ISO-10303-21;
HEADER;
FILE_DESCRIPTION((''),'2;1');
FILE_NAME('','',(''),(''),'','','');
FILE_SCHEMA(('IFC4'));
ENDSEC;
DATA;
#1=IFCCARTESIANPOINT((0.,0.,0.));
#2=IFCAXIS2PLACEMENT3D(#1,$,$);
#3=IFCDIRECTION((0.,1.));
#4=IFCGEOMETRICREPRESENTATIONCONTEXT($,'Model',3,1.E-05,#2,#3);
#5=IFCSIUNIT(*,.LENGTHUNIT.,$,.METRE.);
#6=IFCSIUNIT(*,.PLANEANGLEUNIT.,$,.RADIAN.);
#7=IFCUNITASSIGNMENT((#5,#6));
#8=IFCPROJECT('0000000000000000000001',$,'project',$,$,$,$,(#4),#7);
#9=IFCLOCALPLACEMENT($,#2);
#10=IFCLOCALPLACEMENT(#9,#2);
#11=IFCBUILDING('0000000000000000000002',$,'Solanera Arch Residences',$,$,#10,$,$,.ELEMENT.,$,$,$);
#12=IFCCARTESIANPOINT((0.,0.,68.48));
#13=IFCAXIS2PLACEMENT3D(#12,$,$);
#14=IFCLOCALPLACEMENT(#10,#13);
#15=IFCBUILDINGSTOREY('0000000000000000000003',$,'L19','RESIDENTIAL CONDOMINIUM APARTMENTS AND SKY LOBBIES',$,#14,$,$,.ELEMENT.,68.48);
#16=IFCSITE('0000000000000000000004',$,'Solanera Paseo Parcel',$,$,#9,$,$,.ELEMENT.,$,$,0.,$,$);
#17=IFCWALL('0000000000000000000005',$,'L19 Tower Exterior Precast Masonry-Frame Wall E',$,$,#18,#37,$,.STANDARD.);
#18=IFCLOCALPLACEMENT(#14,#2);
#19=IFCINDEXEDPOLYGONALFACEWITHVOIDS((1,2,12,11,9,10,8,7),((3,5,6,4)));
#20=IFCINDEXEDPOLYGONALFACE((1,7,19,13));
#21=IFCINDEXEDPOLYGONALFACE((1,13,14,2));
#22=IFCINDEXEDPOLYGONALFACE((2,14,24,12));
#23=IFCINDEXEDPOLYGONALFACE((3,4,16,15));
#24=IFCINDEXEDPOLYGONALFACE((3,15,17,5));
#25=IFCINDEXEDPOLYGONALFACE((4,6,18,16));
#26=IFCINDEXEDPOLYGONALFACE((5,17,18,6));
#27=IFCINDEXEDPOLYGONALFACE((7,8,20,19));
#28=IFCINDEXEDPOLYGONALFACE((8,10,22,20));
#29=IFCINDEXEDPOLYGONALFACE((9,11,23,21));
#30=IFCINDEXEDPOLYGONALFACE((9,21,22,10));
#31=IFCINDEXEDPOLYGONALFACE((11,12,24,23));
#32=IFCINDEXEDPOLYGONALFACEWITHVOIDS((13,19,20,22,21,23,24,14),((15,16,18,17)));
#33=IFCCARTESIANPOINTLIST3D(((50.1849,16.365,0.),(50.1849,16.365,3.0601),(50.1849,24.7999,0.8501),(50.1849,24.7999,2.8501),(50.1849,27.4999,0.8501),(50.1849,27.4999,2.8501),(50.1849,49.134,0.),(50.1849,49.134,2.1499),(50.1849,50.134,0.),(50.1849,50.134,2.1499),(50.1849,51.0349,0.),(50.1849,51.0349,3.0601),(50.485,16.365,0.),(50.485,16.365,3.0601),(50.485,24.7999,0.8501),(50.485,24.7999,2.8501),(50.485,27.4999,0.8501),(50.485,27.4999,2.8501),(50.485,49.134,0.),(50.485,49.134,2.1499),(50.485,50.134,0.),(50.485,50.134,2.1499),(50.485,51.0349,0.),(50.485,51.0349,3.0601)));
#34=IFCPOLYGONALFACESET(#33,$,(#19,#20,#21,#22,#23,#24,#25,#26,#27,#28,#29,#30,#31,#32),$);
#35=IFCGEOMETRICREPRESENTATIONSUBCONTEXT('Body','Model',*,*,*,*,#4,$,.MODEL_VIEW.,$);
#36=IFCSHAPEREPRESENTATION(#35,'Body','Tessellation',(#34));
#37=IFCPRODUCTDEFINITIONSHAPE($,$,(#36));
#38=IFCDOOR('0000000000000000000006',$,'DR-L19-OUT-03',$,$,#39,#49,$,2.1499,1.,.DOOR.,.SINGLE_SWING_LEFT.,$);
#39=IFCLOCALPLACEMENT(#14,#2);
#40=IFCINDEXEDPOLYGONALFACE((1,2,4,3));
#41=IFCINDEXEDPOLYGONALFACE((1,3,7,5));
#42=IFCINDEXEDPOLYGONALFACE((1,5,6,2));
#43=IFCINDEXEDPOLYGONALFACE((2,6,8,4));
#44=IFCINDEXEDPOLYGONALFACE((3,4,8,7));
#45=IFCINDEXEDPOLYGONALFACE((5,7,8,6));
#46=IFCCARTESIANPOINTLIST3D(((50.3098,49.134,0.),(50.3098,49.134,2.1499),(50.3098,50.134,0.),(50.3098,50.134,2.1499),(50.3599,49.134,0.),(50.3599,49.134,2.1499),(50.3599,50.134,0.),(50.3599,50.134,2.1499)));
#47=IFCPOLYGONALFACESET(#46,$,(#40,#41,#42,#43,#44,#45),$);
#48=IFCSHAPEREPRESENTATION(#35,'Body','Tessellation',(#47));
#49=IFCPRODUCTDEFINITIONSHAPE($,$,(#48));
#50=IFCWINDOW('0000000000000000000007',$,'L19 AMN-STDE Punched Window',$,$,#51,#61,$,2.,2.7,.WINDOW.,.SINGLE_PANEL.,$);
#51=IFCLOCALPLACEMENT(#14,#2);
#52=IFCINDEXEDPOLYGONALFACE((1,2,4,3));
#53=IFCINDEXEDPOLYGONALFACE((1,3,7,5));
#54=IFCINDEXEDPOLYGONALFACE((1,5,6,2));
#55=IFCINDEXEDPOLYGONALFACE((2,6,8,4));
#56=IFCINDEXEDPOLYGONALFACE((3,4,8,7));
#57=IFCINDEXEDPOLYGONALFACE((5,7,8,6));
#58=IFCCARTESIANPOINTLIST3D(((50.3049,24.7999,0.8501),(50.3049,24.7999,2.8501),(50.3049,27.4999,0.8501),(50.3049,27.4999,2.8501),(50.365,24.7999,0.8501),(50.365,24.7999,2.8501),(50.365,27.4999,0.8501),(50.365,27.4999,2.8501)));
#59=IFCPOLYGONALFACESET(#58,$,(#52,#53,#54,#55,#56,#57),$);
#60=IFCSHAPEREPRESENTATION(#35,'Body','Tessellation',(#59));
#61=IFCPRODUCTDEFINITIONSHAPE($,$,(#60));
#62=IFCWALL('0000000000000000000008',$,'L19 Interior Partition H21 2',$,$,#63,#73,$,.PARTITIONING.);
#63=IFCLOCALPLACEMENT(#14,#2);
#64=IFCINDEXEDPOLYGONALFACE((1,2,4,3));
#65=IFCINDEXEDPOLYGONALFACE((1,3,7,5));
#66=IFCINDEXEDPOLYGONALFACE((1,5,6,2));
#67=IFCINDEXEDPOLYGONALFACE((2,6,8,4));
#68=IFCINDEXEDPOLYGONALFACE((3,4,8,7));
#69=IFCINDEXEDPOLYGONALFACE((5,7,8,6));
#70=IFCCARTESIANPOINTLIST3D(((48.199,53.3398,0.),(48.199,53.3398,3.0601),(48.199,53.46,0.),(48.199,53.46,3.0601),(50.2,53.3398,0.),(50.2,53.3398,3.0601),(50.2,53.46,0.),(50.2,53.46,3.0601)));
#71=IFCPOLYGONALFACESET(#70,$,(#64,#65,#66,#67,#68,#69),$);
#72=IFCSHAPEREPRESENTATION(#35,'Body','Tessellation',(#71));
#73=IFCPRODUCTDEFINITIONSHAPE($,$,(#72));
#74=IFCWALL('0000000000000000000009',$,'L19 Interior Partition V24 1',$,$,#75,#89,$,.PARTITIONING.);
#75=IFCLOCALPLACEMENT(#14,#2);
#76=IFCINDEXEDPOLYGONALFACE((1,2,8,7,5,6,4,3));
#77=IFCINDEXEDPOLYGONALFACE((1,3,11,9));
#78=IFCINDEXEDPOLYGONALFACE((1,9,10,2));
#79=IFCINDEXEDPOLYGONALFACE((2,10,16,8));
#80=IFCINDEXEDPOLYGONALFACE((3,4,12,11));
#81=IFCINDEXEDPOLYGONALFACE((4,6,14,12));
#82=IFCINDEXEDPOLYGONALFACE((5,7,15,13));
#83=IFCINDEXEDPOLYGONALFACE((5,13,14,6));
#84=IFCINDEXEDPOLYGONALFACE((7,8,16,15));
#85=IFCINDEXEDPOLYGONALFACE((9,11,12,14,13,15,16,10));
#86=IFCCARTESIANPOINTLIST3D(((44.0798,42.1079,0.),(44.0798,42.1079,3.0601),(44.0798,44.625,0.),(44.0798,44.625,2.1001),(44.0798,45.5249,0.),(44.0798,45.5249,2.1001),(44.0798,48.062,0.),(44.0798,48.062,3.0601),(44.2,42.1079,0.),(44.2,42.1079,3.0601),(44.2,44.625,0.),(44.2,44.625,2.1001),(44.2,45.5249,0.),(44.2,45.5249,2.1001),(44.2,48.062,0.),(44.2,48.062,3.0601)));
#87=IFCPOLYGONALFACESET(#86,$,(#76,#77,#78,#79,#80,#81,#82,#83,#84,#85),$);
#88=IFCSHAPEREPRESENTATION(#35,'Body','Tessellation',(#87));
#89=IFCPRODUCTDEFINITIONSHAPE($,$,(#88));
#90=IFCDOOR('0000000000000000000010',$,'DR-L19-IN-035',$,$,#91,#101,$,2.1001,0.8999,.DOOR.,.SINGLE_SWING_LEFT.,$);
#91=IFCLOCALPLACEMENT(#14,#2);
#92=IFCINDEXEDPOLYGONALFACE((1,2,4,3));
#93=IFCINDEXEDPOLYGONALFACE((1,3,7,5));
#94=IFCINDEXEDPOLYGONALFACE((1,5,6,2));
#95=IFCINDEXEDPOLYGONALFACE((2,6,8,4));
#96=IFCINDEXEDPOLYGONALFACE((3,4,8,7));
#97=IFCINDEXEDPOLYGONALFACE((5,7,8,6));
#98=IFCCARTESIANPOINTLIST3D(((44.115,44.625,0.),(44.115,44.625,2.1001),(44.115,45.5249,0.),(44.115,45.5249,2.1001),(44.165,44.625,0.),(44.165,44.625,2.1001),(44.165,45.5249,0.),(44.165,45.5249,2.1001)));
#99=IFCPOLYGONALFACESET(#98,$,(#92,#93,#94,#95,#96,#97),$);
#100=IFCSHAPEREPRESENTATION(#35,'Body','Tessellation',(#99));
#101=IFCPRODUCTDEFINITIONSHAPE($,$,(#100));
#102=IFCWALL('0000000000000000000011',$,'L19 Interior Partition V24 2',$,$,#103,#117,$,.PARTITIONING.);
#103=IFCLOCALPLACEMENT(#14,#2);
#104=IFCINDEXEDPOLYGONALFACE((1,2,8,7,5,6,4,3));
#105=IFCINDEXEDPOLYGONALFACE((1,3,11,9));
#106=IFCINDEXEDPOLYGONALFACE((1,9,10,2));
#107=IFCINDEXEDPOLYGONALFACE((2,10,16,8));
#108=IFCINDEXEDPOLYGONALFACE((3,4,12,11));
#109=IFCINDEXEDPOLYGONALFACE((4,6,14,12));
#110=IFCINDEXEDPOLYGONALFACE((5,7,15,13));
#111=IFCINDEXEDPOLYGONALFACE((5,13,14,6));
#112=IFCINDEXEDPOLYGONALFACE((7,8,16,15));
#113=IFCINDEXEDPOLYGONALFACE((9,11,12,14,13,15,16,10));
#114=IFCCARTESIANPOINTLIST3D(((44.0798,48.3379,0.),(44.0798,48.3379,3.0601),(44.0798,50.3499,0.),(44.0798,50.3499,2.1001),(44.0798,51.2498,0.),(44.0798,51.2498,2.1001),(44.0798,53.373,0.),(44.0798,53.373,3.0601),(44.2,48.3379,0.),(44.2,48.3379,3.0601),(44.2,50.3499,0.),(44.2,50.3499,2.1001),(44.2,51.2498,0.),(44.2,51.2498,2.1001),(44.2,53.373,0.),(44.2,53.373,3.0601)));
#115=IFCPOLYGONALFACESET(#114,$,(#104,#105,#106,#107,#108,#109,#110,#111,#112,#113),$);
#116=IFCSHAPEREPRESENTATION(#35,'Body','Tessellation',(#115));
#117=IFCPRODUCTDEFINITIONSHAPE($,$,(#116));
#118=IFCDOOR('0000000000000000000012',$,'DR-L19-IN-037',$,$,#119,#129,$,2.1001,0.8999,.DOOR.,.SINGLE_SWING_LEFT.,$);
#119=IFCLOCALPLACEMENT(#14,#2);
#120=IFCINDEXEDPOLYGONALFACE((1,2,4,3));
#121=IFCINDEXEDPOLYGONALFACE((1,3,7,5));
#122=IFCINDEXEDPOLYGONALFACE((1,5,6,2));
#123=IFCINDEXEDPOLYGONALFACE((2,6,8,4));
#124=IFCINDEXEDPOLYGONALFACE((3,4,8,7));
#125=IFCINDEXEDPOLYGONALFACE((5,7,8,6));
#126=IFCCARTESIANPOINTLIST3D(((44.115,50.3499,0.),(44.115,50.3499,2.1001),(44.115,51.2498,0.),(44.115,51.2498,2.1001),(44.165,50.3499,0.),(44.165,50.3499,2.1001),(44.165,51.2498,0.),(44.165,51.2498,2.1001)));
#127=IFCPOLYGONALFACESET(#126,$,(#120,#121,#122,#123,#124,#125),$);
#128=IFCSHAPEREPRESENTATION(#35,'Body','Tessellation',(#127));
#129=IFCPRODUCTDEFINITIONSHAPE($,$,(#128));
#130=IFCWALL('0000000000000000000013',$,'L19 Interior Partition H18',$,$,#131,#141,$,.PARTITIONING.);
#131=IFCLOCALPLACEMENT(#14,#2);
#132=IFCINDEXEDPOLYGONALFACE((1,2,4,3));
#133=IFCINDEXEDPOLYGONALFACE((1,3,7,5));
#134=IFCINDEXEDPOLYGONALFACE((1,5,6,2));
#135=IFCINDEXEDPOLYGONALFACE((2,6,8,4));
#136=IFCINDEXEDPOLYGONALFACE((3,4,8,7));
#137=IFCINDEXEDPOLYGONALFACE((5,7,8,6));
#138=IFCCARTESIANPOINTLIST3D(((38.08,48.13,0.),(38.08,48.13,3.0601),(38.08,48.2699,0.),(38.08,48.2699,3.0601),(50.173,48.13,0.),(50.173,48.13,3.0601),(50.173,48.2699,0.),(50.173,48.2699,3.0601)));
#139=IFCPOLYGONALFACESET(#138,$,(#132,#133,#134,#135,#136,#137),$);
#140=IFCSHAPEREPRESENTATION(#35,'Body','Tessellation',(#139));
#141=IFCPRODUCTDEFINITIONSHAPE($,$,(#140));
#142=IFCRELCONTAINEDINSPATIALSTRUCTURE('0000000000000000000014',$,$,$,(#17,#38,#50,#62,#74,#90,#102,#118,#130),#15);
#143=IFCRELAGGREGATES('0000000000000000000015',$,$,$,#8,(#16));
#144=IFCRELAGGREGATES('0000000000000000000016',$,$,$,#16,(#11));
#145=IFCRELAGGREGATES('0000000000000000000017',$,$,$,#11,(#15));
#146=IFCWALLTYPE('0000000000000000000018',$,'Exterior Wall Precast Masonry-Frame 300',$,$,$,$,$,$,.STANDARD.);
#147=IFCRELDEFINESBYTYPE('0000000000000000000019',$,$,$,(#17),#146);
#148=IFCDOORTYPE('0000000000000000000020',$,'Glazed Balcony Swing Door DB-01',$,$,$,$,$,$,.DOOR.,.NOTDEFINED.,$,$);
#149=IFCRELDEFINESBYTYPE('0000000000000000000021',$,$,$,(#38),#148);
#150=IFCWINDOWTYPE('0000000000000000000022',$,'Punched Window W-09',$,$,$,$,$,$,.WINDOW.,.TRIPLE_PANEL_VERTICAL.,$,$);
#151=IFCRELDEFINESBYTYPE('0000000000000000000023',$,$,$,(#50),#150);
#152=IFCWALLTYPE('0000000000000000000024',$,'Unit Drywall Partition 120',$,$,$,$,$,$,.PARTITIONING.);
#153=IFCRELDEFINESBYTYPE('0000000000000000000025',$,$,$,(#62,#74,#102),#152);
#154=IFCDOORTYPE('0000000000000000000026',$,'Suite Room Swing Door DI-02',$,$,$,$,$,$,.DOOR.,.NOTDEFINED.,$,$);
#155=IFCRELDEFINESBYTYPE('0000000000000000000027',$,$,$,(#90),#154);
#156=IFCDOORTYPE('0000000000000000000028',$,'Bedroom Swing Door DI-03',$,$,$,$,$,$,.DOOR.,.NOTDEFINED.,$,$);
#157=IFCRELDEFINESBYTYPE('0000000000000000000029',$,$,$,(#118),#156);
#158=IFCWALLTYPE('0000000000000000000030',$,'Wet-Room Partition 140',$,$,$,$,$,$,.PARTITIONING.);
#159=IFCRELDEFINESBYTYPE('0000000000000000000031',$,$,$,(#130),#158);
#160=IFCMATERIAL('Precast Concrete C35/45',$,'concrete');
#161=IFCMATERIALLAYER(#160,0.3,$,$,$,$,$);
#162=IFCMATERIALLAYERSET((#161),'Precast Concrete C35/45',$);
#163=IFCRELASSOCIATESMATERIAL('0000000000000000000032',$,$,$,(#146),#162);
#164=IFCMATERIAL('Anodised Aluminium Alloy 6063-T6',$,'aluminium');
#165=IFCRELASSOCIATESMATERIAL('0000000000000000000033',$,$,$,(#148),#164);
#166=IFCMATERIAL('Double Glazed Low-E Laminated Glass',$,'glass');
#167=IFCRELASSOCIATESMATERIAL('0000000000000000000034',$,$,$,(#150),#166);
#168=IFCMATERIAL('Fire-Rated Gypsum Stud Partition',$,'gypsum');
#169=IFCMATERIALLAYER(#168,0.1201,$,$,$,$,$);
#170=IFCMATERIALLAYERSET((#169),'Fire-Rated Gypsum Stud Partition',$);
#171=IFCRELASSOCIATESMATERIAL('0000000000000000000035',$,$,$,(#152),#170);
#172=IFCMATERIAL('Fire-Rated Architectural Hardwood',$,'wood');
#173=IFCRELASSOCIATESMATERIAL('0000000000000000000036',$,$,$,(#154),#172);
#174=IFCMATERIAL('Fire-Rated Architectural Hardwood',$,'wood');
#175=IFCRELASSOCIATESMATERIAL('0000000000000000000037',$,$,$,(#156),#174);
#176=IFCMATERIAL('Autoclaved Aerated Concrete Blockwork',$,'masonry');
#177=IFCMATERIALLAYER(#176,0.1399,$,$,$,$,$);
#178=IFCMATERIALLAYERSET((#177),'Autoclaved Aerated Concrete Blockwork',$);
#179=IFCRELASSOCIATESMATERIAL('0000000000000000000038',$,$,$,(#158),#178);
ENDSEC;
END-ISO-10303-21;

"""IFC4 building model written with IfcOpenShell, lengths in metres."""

from ifc_helpers import new_model, si_unit, direction, frame, frame_2d, origin, place, context, subcontext, project, spatial, rectangle, extrude, material, layer, layer_set, type_object, element, fill, save


model = new_model("IFC4")

# Units and contexts
model_context = context("Model", 3, precision=1e-05, world=origin(), true_north=direction((0.0, 1.0)))
body_context = subcontext(model_context, "Body", "Model", "MODEL_VIEW")
ifc_project = project(units=[si_unit("LENGTHUNIT", "METRE"), si_unit("PLANEANGLEUNIT", "RADIAN")], contexts=[model_context])

# Site, building, storey
site_placement = place(None, origin())
site = spatial("IfcSite", under=ifc_project, at=site_placement, Name="Solanera Paseo Parcel", CompositionType="ELEMENT", RefElevation=0.0)
building_placement = place(site_placement, origin())
building = spatial("IfcBuilding", under=site, at=building_placement, Name="Solanera Arch Residences", CompositionType="ELEMENT")
storey_placement = place(building_placement, frame((0.0, 0.0, 68.48)))
storey = spatial("IfcBuildingStorey", under=building, at=storey_placement, Name="L19", Description="RESIDENTIAL CONDOMINIUM APARTMENTS AND SKY LOBBIES", CompositionType="ELEMENT", Elevation=68.48)

# Shared definitions
ifc_material_1 = material(Name="Precast Concrete C35/45", Category="concrete")
ifc_layer_1 = layer(ifc_material_1, 0.3)
ifc_layer_set_1 = layer_set([ifc_layer_1], Name="Precast Concrete C35/45")
wall_type_1 = type_object("IfcWallType", Name="Exterior Wall Precast Masonry-Frame 300", PredefinedType="STANDARD", material=ifc_layer_set_1)

# Wall, openings, door, window
wall_1_placement = place(storey_placement, frame((50.335, 51.0349, 0.0), z_axis=(0.0, 0.0, 1.0), x_axis=(0.0, -1.0, 0.0)))
wall_1 = element("IfcWall", 1, at=wall_1_placement, inside=storey, type_object=wall_type_1, Name="L19 Tower Exterior Precast Masonry-Frame Wall E", PredefinedType="STANDARD", context=body_context, shape_type="SweptSolid", body=[
    extrude(rectangle(XDim=34.6699, YDim=0.3, at=frame_2d((17.335, 0.0))), origin(), (0.0, 0.0, 1.0), 3.0601),
])
opening_1_placement = place(wall_1_placement, frame((0.9009, 0.0, 0.0)))
opening_1 = element("IfcOpeningElement", 2, at=opening_1_placement, cuts=wall_1, PredefinedType="OPENING", context=body_context, shape_type="SweptSolid", body=[
    extrude(rectangle(XDim=1.0, YDim=2.1499, at=frame_2d((0.5, 1.075))), frame((0.0, 0.1599, 0.0), z_axis=(0.0, -1.0, 0.0), x_axis=(1.0, 0.0, 0.0)), (0.0, 0.0, 1.0), 0.32),
])
opening_2_placement = place(wall_1_placement, frame((23.5349, 0.0, 0.8501)))
opening_2 = element("IfcOpeningElement", 3, at=opening_2_placement, cuts=wall_1, PredefinedType="OPENING", context=body_context, shape_type="SweptSolid", body=[
    extrude(rectangle(XDim=2.7, YDim=2.0, at=frame_2d((1.3501, 1.0))), frame((0.0, 0.1599, 0.0), z_axis=(0.0, -1.0, 0.0), x_axis=(1.0, 0.0, 0.0)), (0.0, 0.0, 1.0), 0.32),
])
ifc_material_2 = material(Name="Anodised Aluminium Alloy 6063-T6", Category="aluminium")
door_type_1 = type_object("IfcDoorType", Name="Glazed Balcony Swing Door DB-01", OperationType="NOTDEFINED", PredefinedType="DOOR", material=ifc_material_2)
door_1_placement = place(opening_1_placement, origin())
door_1 = element("IfcDoor", 4, at=door_1_placement, inside=storey, type_object=door_type_1, Name="DR-L19-OUT-03", OperationType="SINGLE_SWING_LEFT", OverallHeight=2.1499, OverallWidth=1.0, PredefinedType="DOOR", context=body_context, shape_type="SweptSolid", body=[
    extrude(rectangle(XDim=1.0, YDim=2.1499, at=frame_2d((0.5, 1.075))), frame((0.0, 0.0249, 0.0), z_axis=(0.0, -1.0, 0.0), x_axis=(1.0, 0.0, 0.0)), (0.0, 0.0, 1.0), 0.05),
])
fill(opening_1, door_1)
ifc_material_3 = material(Name="Double Glazed Low-E Laminated Glass", Category="glass")
window_type = type_object("IfcWindowType", Name="Punched Window W-09", PartitioningType="TRIPLE_PANEL_VERTICAL", PredefinedType="WINDOW", material=ifc_material_3)
window_placement = place(opening_2_placement, origin())
window = element("IfcWindow", 5, at=window_placement, inside=storey, type_object=window_type, Name="L19 AMN-STDE Punched Window", OverallHeight=2.0, OverallWidth=2.7, PartitioningType="SINGLE_PANEL", PredefinedType="WINDOW", context=body_context, shape_type="SweptSolid", body=[
    extrude(rectangle(XDim=2.7, YDim=2.0, at=frame_2d((1.3501, 1.0))), frame((0.0, 0.03, 0.0), z_axis=(0.0, -1.0, 0.0), x_axis=(1.0, 0.0, 0.0)), (0.0, 0.0, 1.0), 0.0601),
])
fill(opening_2, window)

# Wall
ifc_material_4 = material(Name="Fire-Rated Gypsum Stud Partition", Category="gypsum")
ifc_layer_2 = layer(ifc_material_4, 0.1201)
ifc_layer_set_2 = layer_set([ifc_layer_2], Name="Fire-Rated Gypsum Stud Partition")
wall_type_2 = type_object("IfcWallType", Name="Unit Drywall Partition 120", PredefinedType="PARTITIONING", material=ifc_layer_set_2)
wall_2_placement = place(storey_placement, frame((48.199, 53.3999, 0.0), z_axis=(0.0, 0.0, 1.0), x_axis=(1.0, 0.0, 0.0)))
element("IfcWall", 6, at=wall_2_placement, inside=storey, type_object=wall_type_2, Name="L19 Interior Partition H21 2", PredefinedType="PARTITIONING", context=body_context, shape_type="SweptSolid", body=[
    extrude(rectangle(XDim=2.001, YDim=0.1201, at=frame_2d((1.0005, 0.0))), origin(), (0.0, 0.0, 1.0), 3.0601),
])

# Walls, openings, doors
wall_3_placement = place(storey_placement, frame((44.1399, 42.1079, 0.0), z_axis=(0.0, 0.0, 1.0), x_axis=(0.0, 1.0, 0.0)))
wall_3 = element("IfcWall", 7, at=wall_3_placement, inside=storey, type_object=wall_type_2, Name="L19 Interior Partition V24 1", PredefinedType="PARTITIONING", context=body_context, shape_type="SweptSolid", body=[
    extrude(rectangle(XDim=5.9541, YDim=0.1201, at=frame_2d((2.9771, 0.0))), origin(), (0.0, 0.0, 1.0), 3.0601),
])
opening_3_placement = place(wall_3_placement, frame((2.5171, 0.0, 0.0)))
opening_3 = element("IfcOpeningElement", 8, at=opening_3_placement, cuts=wall_3, PredefinedType="OPENING", context=body_context, shape_type="SweptSolid", body=[
    extrude(rectangle(XDim=0.8999, YDim=2.1001, at=frame_2d((0.45, 1.05))), frame((0.0, 0.0701, 0.0), z_axis=(0.0, -1.0, 0.0), x_axis=(1.0, 0.0, 0.0)), (0.0, 0.0, 1.0), 0.1401),
])
ifc_material_5 = material(Name="Fire-Rated Architectural Hardwood", Category="wood")
door_type_2 = type_object("IfcDoorType", Name="Suite Room Swing Door DI-02", OperationType="NOTDEFINED", PredefinedType="DOOR", material=ifc_material_5)
door_2_placement = place(opening_3_placement, origin())
door_2 = element("IfcDoor", 9, at=door_2_placement, inside=storey, type_object=door_type_2, Name="DR-L19-IN-035", OperationType="SINGLE_SWING_LEFT", OverallHeight=2.1001, OverallWidth=0.8999, PredefinedType="DOOR", context=body_context, shape_type="SweptSolid", body=[
    extrude(rectangle(XDim=0.8999, YDim=2.1001, at=frame_2d((0.45, 1.05))), frame((0.0, 0.0249, 0.0), z_axis=(0.0, -1.0, 0.0), x_axis=(1.0, 0.0, 0.0)), (0.0, 0.0, 1.0), 0.05),
])
fill(opening_3, door_2)
wall_4_placement = place(storey_placement, frame((44.1399, 48.3379, 0.0), z_axis=(0.0, 0.0, 1.0), x_axis=(0.0, 1.0, 0.0)))
wall_4 = element("IfcWall", 10, at=wall_4_placement, inside=storey, type_object=wall_type_2, Name="L19 Interior Partition V24 2", PredefinedType="PARTITIONING", context=body_context, shape_type="SweptSolid", body=[
    extrude(rectangle(XDim=5.0352, YDim=0.1201, at=frame_2d((2.5176, 0.0))), origin(), (0.0, 0.0, 1.0), 3.0601),
])
opening_4_placement = place(wall_4_placement, frame((2.012, 0.0, 0.0)))
opening_4 = element("IfcOpeningElement", 11, at=opening_4_placement, cuts=wall_4, PredefinedType="OPENING", context=body_context, shape_type="SweptSolid", body=[
    extrude(rectangle(XDim=0.8999, YDim=2.1001, at=frame_2d((0.45, 1.05))), frame((0.0, 0.0701, 0.0), z_axis=(0.0, -1.0, 0.0), x_axis=(1.0, 0.0, 0.0)), (0.0, 0.0, 1.0), 0.1401),
])
ifc_material_6 = material(Name="Fire-Rated Architectural Hardwood", Category="wood")
door_type_3 = type_object("IfcDoorType", Name="Bedroom Swing Door DI-03", OperationType="NOTDEFINED", PredefinedType="DOOR", material=ifc_material_6)
door_3_placement = place(opening_4_placement, origin())
door_3 = element("IfcDoor", 12, at=door_3_placement, inside=storey, type_object=door_type_3, Name="DR-L19-IN-037", OperationType="SINGLE_SWING_LEFT", OverallHeight=2.1001, OverallWidth=0.8999, PredefinedType="DOOR", context=body_context, shape_type="SweptSolid", body=[
    extrude(rectangle(XDim=0.8999, YDim=2.1001, at=frame_2d((0.45, 1.05))), frame((0.0, 0.0249, 0.0), z_axis=(0.0, -1.0, 0.0), x_axis=(1.0, 0.0, 0.0)), (0.0, 0.0, 1.0), 0.05),
])
fill(opening_4, door_3)

# Wall
ifc_material_7 = material(Name="Autoclaved Aerated Concrete Blockwork", Category="masonry")
ifc_layer_3 = layer(ifc_material_7, 0.1399)
ifc_layer_set_3 = layer_set([ifc_layer_3], Name="Autoclaved Aerated Concrete Blockwork")
wall_type_3 = type_object("IfcWallType", Name="Wet-Room Partition 140", PredefinedType="PARTITIONING", material=ifc_layer_set_3)
wall_5_placement = place(storey_placement, frame((38.0801, 48.2, 0.0), z_axis=(0.0, 0.0, 1.0), x_axis=(1.0, 0.0, 0.0)))
element("IfcWall", 13, at=wall_5_placement, inside=storey, type_object=wall_type_3, Name="L19 Interior Partition H18", PredefinedType="PARTITIONING", context=body_context, shape_type="SweptSolid", body=[
    extrude(rectangle(XDim=12.093, YDim=0.1399, at=frame_2d((6.0464, 0.0))), origin(), (0.0, 0.0, 1.0), 3.0601),
])

save(model, "model.ifc")
